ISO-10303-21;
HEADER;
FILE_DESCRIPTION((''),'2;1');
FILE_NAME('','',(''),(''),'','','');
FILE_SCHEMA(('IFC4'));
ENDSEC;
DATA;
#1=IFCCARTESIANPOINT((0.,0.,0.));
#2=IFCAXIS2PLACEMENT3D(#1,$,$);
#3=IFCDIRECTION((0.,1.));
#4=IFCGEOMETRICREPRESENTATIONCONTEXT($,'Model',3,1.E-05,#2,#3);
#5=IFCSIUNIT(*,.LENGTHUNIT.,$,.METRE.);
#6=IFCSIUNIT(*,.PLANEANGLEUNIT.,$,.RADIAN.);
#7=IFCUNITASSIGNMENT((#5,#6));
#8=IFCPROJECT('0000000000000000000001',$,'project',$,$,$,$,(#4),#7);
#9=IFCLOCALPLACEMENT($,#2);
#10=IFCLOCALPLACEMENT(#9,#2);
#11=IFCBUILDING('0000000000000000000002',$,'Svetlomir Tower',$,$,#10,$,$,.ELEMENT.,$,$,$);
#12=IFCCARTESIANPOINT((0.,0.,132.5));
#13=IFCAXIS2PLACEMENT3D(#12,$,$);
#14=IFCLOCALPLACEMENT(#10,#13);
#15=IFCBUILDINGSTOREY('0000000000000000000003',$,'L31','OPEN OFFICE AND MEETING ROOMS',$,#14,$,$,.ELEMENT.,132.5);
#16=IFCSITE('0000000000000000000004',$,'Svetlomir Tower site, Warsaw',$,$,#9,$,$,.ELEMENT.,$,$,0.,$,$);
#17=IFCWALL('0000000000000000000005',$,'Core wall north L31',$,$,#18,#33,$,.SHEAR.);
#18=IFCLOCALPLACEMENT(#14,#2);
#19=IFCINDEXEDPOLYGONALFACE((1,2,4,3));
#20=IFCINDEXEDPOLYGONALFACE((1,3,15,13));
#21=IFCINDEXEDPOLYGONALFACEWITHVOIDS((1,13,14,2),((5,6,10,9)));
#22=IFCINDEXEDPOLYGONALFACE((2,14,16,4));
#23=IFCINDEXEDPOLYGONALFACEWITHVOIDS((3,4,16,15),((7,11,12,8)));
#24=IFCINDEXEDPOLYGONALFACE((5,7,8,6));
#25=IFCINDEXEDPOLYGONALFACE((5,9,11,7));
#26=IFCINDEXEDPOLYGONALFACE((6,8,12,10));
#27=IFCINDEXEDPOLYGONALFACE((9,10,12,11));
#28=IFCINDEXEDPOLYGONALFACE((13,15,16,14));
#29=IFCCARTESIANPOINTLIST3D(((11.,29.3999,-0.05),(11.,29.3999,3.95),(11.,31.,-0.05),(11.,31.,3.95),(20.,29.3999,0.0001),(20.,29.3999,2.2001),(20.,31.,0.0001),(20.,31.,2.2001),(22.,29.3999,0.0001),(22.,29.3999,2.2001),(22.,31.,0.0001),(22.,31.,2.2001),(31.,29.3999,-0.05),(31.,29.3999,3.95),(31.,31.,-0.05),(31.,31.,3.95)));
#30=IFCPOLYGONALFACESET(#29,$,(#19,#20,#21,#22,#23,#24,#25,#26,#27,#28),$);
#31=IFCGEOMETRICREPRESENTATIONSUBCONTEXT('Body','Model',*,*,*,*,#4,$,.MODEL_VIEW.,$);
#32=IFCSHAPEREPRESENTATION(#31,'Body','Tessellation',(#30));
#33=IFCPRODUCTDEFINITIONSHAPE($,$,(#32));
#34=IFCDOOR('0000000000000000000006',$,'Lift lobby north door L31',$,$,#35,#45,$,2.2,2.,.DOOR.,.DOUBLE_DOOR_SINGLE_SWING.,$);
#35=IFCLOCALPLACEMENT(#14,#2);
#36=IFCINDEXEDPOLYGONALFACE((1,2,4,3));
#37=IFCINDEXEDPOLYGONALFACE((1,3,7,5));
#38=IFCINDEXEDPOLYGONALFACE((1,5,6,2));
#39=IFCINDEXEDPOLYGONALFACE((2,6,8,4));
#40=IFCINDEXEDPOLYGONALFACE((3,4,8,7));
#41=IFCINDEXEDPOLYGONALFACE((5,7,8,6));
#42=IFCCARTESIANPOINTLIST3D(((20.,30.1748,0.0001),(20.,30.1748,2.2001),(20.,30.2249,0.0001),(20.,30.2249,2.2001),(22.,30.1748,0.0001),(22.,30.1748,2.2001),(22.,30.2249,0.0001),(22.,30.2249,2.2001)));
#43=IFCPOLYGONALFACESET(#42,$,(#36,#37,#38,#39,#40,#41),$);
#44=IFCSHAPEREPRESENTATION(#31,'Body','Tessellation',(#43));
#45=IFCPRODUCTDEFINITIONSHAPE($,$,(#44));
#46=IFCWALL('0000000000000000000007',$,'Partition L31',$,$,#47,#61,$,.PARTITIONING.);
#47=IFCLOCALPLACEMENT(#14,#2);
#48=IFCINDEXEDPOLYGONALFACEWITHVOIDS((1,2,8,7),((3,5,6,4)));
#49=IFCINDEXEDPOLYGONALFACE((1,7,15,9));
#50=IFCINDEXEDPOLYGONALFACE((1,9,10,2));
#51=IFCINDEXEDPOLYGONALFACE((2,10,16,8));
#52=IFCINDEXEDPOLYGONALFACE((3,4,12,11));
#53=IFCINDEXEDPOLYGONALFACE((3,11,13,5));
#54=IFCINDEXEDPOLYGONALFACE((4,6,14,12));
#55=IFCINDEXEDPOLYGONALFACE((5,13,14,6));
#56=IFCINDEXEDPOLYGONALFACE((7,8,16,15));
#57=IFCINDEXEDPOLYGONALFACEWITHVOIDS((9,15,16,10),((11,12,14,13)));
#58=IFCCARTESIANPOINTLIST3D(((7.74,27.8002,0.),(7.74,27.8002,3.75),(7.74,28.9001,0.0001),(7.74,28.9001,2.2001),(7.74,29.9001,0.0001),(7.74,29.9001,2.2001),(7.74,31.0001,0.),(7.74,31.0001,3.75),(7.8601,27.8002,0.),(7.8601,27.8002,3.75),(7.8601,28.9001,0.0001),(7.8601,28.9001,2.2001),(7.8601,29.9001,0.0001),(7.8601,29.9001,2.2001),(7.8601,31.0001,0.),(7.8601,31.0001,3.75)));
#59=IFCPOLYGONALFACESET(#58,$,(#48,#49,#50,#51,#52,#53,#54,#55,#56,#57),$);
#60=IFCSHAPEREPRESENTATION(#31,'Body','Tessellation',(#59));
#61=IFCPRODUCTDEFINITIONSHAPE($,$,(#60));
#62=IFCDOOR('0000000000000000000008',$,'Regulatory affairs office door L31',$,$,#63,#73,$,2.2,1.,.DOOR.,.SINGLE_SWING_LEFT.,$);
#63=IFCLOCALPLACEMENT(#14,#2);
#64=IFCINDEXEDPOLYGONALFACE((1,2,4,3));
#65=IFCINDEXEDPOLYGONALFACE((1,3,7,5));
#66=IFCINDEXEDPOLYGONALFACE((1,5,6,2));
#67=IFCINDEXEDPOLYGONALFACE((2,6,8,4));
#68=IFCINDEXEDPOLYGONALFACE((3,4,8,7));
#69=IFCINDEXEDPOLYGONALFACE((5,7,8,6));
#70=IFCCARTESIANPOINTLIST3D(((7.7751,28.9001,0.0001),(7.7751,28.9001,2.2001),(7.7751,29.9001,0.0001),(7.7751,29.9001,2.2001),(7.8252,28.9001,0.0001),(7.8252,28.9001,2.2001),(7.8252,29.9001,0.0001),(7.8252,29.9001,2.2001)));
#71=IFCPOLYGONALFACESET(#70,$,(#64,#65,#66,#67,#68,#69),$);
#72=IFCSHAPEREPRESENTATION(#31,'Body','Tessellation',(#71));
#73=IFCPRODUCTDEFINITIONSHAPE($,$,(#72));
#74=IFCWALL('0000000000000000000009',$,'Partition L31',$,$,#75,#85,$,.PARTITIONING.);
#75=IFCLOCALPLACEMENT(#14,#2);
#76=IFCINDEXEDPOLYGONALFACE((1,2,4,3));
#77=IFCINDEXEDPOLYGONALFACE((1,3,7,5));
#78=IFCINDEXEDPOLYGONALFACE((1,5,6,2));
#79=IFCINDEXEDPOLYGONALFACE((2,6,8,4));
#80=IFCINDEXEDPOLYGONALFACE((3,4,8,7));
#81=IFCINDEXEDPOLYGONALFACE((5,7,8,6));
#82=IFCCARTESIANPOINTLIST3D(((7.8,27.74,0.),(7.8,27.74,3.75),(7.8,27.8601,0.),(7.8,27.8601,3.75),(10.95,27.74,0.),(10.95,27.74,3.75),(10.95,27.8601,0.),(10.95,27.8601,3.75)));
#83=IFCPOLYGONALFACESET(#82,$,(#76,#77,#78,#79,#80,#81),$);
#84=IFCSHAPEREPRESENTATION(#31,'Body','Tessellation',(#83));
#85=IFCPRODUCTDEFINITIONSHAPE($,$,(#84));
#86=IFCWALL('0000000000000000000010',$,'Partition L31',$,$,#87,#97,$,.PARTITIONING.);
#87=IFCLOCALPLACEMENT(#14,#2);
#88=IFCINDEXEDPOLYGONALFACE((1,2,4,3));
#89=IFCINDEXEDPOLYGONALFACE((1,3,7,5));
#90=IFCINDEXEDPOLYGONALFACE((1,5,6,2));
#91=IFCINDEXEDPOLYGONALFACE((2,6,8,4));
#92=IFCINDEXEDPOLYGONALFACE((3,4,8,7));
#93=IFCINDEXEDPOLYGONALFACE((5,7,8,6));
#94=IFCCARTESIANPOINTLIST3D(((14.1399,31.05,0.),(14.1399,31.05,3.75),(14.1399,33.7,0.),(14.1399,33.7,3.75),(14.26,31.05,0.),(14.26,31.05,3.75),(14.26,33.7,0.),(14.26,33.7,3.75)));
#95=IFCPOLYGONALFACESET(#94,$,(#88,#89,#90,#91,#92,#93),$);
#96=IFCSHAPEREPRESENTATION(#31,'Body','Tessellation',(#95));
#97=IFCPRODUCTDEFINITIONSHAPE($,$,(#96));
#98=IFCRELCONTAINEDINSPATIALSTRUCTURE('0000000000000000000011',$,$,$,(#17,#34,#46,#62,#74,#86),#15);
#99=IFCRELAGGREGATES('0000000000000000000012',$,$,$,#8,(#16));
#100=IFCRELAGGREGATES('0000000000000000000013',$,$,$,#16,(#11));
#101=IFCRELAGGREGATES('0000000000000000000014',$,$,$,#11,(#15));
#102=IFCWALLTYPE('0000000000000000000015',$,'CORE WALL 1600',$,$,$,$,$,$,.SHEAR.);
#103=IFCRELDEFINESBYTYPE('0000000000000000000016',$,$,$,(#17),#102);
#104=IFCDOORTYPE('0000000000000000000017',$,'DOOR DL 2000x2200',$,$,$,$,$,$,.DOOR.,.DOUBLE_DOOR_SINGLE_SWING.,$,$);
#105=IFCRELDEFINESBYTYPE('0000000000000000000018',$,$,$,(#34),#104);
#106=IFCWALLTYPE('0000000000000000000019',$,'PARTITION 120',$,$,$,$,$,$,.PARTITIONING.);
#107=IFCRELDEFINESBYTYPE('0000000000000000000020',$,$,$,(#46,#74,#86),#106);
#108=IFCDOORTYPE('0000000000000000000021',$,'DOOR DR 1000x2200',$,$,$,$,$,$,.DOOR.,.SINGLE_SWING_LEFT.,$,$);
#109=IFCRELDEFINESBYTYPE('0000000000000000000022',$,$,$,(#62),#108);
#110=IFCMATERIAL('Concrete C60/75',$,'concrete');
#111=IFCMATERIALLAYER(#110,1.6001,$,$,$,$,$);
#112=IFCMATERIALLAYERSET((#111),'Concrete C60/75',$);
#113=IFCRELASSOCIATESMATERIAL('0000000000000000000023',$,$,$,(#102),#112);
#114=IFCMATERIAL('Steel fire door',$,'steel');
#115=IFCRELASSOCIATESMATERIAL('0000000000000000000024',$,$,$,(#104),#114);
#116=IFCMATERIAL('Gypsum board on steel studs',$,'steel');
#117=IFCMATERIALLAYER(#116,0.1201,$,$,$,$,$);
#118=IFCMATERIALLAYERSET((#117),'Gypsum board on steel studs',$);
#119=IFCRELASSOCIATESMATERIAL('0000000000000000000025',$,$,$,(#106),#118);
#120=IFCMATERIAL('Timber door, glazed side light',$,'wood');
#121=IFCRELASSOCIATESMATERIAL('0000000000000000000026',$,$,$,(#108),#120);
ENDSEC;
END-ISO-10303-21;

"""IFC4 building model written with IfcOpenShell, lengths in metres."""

from ifc_helpers import new_model, si_unit, direction, frame, frame_2d, origin, place, context, subcontext, project, spatial, rectangle, extrude, material, layer, layer_set, type_object, element, fill, save


model = new_model("IFC4")

# Units and contexts
model_context = context("Model", 3, precision=1e-05, world=origin(), true_north=direction((0.0, 1.0)))
body_context = subcontext(model_context, "Body", "Model", "MODEL_VIEW")
ifc_project = project(units=[si_unit("LENGTHUNIT", "METRE"), si_unit("PLANEANGLEUNIT", "RADIAN")], contexts=[model_context])

# Site, building, storey
site_placement = place(None, origin())
site = spatial("IfcSite", under=ifc_project, at=site_placement, Name="Svetlomir Tower site, Warsaw", CompositionType="ELEMENT", RefElevation=0.0)
building_placement = place(site_placement, origin())
building = spatial("IfcBuilding", under=site, at=building_placement, Name="Svetlomir Tower", CompositionType="ELEMENT")
storey_placement = place(building_placement, frame((0.0, 0.0, 132.5)))
storey = spatial("IfcBuildingStorey", under=building, at=storey_placement, Name="L31", Description="OPEN OFFICE AND MEETING ROOMS", CompositionType="ELEMENT", Elevation=132.5)

# Walls, openings, doors
ifc_material_1 = material(Name="Concrete C60/75", Category="concrete")
ifc_layer_1 = layer(ifc_material_1, 1.6001)
ifc_layer_set_1 = layer_set([ifc_layer_1], Name="Concrete C60/75")
wall_type_1 = type_object("IfcWallType", Name="CORE WALL 1600", PredefinedType="SHEAR", material=ifc_layer_set_1)
wall_1_placement = place(storey_placement, frame((11.0, 30.2, -0.05), z_axis=(0.0, 0.0, 1.0), x_axis=(1.0, 0.0, 0.0)))
wall_1 = element("IfcWall", 1, at=wall_1_placement, inside=storey, type_object=wall_type_1, Name="Core wall north L31", PredefinedType="SHEAR", context=body_context, shape_type="SweptSolid", body=[
    extrude(rectangle(XDim=20.0, YDim=1.6001, at=frame_2d((10.0, 0.0))), origin(), (0.0, 0.0, 1.0), 4.0),
])
opening_1_placement = place(wall_1_placement, frame((9.0, 0.0, 0.05)))
opening_1 = element("IfcOpeningElement", 2, at=opening_1_placement, cuts=wall_1, PredefinedType="OPENING", context=body_context, shape_type="SweptSolid", body=[
    extrude(rectangle(XDim=2.0, YDim=2.2, at=frame_2d((1.0, 1.1001))), frame((0.0, 0.8101, 0.0), z_axis=(0.0, -1.0, 0.0), x_axis=(1.0, 0.0, 0.0)), (0.0, 0.0, 1.0), 1.6201),
])
ifc_material_2 = material(Name="Steel fire door", Category="steel")
door_type_1 = type_object("IfcDoorType", Name="DOOR DL 2000x2200", OperationType="DOUBLE_DOOR_SINGLE_SWING", PredefinedType="DOOR", material=ifc_material_2)
door_1_placement = place(opening_1_placement, origin())
door_1 = element("IfcDoor", 3, at=door_1_placement, inside=storey, type_object=door_type_1, Name="Lift lobby north door L31", OperationType="DOUBLE_DOOR_SINGLE_SWING", OverallHeight=2.2, OverallWidth=2.0, PredefinedType="DOOR", context=body_context, shape_type="SweptSolid", body=[
    extrude(rectangle(XDim=2.0, YDim=2.2, at=frame_2d((1.0, 1.1001))), frame((0.0, 0.0249, 0.0), z_axis=(0.0, -1.0, 0.0), x_axis=(1.0, 0.0, 0.0)), (0.0, 0.0, 1.0), 0.05),
])
fill(opening_1, door_1)
ifc_material_3 = material(Name="Gypsum board on steel studs", Category="steel")
ifc_layer_2 = layer(ifc_material_3, 0.1201)
ifc_layer_set_2 = layer_set([ifc_layer_2], Name="Gypsum board on steel studs")
wall_type_2 = type_object("IfcWallType", Name="PARTITION 120", PredefinedType="PARTITIONING", material=ifc_layer_set_2)
wall_2_placement = place(storey_placement, frame((7.8, 27.8, 0.0), z_axis=(0.0, 0.0, 1.0), x_axis=(0.0, 1.0, 0.0)))
wall_2 = element("IfcWall", 4, at=wall_2_placement, inside=storey, type_object=wall_type_2, Name="Partition L31", PredefinedType="PARTITIONING", context=body_context, shape_type="SweptSolid", body=[
    extrude(rectangle(XDim=3.2, YDim=0.1201, at=frame_2d((1.6001, 0.0))), origin(), (0.0, 0.0, 1.0), 3.75),
])
opening_2_placement = place(wall_2_placement, frame((1.1001, 0.0, 0.0)))
opening_2 = element("IfcOpeningElement", 5, at=opening_2_placement, cuts=wall_2, PredefinedType="OPENING", context=body_context, shape_type="SweptSolid", body=[
    extrude(rectangle(XDim=1.0, YDim=2.2, at=frame_2d((0.5, 1.1001))), frame((0.0, 0.0701, 0.0), z_axis=(0.0, -1.0, 0.0), x_axis=(1.0, 0.0, 0.0)), (0.0, 0.0, 1.0), 0.1401),
])
ifc_material_4 = material(Name="Timber door, glazed side light", Category="wood")
door_type_2 = type_object("IfcDoorType", Name="DOOR DR 1000x2200", OperationType="SINGLE_SWING_LEFT", PredefinedType="DOOR", material=ifc_material_4)
door_2_placement = place(opening_2_placement, origin())
door_2 = element("IfcDoor", 6, at=door_2_placement, inside=storey, type_object=door_type_2, Name="Regulatory affairs office door L31", OperationType="SINGLE_SWING_LEFT", OverallHeight=2.2, OverallWidth=1.0, PredefinedType="DOOR", context=body_context, shape_type="SweptSolid", body=[
    extrude(rectangle(XDim=1.0, YDim=2.2, at=frame_2d((0.5, 1.1001))), frame((0.0, 0.0249, 0.0), z_axis=(0.0, -1.0, 0.0), x_axis=(1.0, 0.0, 0.0)), (0.0, 0.0, 1.0), 0.05),
])
fill(opening_2, door_2)

# Walls
wall_3_placement = place(storey_placement, frame((7.8, 27.8, 0.0), z_axis=(0.0, 0.0, 1.0), x_axis=(1.0, 0.0, 0.0)))
element("IfcWall", 7, at=wall_3_placement, inside=storey, type_object=wall_type_2, Name="Partition L31", PredefinedType="PARTITIONING", context=body_context, shape_type="SweptSolid", body=[
    extrude(rectangle(XDim=3.1499, YDim=0.1201, at=frame_2d((1.575, 0.0))), origin(), (0.0, 0.0, 1.0), 3.75),
])
wall_4_placement = place(storey_placement, frame((14.2, 31.05, 0.0), z_axis=(0.0, 0.0, 1.0), x_axis=(0.0, 1.0, 0.0)))
element("IfcWall", 8, at=wall_4_placement, inside=storey, type_object=wall_type_2, Name="Partition L31", PredefinedType="PARTITIONING", context=body_context, shape_type="SweptSolid", body=[
    extrude(rectangle(XDim=2.6499, YDim=0.1201, at=frame_2d((1.325, 0.0))), origin(), (0.0, 0.0, 1.0), 3.75),
])

save(model, "model.ifc")
